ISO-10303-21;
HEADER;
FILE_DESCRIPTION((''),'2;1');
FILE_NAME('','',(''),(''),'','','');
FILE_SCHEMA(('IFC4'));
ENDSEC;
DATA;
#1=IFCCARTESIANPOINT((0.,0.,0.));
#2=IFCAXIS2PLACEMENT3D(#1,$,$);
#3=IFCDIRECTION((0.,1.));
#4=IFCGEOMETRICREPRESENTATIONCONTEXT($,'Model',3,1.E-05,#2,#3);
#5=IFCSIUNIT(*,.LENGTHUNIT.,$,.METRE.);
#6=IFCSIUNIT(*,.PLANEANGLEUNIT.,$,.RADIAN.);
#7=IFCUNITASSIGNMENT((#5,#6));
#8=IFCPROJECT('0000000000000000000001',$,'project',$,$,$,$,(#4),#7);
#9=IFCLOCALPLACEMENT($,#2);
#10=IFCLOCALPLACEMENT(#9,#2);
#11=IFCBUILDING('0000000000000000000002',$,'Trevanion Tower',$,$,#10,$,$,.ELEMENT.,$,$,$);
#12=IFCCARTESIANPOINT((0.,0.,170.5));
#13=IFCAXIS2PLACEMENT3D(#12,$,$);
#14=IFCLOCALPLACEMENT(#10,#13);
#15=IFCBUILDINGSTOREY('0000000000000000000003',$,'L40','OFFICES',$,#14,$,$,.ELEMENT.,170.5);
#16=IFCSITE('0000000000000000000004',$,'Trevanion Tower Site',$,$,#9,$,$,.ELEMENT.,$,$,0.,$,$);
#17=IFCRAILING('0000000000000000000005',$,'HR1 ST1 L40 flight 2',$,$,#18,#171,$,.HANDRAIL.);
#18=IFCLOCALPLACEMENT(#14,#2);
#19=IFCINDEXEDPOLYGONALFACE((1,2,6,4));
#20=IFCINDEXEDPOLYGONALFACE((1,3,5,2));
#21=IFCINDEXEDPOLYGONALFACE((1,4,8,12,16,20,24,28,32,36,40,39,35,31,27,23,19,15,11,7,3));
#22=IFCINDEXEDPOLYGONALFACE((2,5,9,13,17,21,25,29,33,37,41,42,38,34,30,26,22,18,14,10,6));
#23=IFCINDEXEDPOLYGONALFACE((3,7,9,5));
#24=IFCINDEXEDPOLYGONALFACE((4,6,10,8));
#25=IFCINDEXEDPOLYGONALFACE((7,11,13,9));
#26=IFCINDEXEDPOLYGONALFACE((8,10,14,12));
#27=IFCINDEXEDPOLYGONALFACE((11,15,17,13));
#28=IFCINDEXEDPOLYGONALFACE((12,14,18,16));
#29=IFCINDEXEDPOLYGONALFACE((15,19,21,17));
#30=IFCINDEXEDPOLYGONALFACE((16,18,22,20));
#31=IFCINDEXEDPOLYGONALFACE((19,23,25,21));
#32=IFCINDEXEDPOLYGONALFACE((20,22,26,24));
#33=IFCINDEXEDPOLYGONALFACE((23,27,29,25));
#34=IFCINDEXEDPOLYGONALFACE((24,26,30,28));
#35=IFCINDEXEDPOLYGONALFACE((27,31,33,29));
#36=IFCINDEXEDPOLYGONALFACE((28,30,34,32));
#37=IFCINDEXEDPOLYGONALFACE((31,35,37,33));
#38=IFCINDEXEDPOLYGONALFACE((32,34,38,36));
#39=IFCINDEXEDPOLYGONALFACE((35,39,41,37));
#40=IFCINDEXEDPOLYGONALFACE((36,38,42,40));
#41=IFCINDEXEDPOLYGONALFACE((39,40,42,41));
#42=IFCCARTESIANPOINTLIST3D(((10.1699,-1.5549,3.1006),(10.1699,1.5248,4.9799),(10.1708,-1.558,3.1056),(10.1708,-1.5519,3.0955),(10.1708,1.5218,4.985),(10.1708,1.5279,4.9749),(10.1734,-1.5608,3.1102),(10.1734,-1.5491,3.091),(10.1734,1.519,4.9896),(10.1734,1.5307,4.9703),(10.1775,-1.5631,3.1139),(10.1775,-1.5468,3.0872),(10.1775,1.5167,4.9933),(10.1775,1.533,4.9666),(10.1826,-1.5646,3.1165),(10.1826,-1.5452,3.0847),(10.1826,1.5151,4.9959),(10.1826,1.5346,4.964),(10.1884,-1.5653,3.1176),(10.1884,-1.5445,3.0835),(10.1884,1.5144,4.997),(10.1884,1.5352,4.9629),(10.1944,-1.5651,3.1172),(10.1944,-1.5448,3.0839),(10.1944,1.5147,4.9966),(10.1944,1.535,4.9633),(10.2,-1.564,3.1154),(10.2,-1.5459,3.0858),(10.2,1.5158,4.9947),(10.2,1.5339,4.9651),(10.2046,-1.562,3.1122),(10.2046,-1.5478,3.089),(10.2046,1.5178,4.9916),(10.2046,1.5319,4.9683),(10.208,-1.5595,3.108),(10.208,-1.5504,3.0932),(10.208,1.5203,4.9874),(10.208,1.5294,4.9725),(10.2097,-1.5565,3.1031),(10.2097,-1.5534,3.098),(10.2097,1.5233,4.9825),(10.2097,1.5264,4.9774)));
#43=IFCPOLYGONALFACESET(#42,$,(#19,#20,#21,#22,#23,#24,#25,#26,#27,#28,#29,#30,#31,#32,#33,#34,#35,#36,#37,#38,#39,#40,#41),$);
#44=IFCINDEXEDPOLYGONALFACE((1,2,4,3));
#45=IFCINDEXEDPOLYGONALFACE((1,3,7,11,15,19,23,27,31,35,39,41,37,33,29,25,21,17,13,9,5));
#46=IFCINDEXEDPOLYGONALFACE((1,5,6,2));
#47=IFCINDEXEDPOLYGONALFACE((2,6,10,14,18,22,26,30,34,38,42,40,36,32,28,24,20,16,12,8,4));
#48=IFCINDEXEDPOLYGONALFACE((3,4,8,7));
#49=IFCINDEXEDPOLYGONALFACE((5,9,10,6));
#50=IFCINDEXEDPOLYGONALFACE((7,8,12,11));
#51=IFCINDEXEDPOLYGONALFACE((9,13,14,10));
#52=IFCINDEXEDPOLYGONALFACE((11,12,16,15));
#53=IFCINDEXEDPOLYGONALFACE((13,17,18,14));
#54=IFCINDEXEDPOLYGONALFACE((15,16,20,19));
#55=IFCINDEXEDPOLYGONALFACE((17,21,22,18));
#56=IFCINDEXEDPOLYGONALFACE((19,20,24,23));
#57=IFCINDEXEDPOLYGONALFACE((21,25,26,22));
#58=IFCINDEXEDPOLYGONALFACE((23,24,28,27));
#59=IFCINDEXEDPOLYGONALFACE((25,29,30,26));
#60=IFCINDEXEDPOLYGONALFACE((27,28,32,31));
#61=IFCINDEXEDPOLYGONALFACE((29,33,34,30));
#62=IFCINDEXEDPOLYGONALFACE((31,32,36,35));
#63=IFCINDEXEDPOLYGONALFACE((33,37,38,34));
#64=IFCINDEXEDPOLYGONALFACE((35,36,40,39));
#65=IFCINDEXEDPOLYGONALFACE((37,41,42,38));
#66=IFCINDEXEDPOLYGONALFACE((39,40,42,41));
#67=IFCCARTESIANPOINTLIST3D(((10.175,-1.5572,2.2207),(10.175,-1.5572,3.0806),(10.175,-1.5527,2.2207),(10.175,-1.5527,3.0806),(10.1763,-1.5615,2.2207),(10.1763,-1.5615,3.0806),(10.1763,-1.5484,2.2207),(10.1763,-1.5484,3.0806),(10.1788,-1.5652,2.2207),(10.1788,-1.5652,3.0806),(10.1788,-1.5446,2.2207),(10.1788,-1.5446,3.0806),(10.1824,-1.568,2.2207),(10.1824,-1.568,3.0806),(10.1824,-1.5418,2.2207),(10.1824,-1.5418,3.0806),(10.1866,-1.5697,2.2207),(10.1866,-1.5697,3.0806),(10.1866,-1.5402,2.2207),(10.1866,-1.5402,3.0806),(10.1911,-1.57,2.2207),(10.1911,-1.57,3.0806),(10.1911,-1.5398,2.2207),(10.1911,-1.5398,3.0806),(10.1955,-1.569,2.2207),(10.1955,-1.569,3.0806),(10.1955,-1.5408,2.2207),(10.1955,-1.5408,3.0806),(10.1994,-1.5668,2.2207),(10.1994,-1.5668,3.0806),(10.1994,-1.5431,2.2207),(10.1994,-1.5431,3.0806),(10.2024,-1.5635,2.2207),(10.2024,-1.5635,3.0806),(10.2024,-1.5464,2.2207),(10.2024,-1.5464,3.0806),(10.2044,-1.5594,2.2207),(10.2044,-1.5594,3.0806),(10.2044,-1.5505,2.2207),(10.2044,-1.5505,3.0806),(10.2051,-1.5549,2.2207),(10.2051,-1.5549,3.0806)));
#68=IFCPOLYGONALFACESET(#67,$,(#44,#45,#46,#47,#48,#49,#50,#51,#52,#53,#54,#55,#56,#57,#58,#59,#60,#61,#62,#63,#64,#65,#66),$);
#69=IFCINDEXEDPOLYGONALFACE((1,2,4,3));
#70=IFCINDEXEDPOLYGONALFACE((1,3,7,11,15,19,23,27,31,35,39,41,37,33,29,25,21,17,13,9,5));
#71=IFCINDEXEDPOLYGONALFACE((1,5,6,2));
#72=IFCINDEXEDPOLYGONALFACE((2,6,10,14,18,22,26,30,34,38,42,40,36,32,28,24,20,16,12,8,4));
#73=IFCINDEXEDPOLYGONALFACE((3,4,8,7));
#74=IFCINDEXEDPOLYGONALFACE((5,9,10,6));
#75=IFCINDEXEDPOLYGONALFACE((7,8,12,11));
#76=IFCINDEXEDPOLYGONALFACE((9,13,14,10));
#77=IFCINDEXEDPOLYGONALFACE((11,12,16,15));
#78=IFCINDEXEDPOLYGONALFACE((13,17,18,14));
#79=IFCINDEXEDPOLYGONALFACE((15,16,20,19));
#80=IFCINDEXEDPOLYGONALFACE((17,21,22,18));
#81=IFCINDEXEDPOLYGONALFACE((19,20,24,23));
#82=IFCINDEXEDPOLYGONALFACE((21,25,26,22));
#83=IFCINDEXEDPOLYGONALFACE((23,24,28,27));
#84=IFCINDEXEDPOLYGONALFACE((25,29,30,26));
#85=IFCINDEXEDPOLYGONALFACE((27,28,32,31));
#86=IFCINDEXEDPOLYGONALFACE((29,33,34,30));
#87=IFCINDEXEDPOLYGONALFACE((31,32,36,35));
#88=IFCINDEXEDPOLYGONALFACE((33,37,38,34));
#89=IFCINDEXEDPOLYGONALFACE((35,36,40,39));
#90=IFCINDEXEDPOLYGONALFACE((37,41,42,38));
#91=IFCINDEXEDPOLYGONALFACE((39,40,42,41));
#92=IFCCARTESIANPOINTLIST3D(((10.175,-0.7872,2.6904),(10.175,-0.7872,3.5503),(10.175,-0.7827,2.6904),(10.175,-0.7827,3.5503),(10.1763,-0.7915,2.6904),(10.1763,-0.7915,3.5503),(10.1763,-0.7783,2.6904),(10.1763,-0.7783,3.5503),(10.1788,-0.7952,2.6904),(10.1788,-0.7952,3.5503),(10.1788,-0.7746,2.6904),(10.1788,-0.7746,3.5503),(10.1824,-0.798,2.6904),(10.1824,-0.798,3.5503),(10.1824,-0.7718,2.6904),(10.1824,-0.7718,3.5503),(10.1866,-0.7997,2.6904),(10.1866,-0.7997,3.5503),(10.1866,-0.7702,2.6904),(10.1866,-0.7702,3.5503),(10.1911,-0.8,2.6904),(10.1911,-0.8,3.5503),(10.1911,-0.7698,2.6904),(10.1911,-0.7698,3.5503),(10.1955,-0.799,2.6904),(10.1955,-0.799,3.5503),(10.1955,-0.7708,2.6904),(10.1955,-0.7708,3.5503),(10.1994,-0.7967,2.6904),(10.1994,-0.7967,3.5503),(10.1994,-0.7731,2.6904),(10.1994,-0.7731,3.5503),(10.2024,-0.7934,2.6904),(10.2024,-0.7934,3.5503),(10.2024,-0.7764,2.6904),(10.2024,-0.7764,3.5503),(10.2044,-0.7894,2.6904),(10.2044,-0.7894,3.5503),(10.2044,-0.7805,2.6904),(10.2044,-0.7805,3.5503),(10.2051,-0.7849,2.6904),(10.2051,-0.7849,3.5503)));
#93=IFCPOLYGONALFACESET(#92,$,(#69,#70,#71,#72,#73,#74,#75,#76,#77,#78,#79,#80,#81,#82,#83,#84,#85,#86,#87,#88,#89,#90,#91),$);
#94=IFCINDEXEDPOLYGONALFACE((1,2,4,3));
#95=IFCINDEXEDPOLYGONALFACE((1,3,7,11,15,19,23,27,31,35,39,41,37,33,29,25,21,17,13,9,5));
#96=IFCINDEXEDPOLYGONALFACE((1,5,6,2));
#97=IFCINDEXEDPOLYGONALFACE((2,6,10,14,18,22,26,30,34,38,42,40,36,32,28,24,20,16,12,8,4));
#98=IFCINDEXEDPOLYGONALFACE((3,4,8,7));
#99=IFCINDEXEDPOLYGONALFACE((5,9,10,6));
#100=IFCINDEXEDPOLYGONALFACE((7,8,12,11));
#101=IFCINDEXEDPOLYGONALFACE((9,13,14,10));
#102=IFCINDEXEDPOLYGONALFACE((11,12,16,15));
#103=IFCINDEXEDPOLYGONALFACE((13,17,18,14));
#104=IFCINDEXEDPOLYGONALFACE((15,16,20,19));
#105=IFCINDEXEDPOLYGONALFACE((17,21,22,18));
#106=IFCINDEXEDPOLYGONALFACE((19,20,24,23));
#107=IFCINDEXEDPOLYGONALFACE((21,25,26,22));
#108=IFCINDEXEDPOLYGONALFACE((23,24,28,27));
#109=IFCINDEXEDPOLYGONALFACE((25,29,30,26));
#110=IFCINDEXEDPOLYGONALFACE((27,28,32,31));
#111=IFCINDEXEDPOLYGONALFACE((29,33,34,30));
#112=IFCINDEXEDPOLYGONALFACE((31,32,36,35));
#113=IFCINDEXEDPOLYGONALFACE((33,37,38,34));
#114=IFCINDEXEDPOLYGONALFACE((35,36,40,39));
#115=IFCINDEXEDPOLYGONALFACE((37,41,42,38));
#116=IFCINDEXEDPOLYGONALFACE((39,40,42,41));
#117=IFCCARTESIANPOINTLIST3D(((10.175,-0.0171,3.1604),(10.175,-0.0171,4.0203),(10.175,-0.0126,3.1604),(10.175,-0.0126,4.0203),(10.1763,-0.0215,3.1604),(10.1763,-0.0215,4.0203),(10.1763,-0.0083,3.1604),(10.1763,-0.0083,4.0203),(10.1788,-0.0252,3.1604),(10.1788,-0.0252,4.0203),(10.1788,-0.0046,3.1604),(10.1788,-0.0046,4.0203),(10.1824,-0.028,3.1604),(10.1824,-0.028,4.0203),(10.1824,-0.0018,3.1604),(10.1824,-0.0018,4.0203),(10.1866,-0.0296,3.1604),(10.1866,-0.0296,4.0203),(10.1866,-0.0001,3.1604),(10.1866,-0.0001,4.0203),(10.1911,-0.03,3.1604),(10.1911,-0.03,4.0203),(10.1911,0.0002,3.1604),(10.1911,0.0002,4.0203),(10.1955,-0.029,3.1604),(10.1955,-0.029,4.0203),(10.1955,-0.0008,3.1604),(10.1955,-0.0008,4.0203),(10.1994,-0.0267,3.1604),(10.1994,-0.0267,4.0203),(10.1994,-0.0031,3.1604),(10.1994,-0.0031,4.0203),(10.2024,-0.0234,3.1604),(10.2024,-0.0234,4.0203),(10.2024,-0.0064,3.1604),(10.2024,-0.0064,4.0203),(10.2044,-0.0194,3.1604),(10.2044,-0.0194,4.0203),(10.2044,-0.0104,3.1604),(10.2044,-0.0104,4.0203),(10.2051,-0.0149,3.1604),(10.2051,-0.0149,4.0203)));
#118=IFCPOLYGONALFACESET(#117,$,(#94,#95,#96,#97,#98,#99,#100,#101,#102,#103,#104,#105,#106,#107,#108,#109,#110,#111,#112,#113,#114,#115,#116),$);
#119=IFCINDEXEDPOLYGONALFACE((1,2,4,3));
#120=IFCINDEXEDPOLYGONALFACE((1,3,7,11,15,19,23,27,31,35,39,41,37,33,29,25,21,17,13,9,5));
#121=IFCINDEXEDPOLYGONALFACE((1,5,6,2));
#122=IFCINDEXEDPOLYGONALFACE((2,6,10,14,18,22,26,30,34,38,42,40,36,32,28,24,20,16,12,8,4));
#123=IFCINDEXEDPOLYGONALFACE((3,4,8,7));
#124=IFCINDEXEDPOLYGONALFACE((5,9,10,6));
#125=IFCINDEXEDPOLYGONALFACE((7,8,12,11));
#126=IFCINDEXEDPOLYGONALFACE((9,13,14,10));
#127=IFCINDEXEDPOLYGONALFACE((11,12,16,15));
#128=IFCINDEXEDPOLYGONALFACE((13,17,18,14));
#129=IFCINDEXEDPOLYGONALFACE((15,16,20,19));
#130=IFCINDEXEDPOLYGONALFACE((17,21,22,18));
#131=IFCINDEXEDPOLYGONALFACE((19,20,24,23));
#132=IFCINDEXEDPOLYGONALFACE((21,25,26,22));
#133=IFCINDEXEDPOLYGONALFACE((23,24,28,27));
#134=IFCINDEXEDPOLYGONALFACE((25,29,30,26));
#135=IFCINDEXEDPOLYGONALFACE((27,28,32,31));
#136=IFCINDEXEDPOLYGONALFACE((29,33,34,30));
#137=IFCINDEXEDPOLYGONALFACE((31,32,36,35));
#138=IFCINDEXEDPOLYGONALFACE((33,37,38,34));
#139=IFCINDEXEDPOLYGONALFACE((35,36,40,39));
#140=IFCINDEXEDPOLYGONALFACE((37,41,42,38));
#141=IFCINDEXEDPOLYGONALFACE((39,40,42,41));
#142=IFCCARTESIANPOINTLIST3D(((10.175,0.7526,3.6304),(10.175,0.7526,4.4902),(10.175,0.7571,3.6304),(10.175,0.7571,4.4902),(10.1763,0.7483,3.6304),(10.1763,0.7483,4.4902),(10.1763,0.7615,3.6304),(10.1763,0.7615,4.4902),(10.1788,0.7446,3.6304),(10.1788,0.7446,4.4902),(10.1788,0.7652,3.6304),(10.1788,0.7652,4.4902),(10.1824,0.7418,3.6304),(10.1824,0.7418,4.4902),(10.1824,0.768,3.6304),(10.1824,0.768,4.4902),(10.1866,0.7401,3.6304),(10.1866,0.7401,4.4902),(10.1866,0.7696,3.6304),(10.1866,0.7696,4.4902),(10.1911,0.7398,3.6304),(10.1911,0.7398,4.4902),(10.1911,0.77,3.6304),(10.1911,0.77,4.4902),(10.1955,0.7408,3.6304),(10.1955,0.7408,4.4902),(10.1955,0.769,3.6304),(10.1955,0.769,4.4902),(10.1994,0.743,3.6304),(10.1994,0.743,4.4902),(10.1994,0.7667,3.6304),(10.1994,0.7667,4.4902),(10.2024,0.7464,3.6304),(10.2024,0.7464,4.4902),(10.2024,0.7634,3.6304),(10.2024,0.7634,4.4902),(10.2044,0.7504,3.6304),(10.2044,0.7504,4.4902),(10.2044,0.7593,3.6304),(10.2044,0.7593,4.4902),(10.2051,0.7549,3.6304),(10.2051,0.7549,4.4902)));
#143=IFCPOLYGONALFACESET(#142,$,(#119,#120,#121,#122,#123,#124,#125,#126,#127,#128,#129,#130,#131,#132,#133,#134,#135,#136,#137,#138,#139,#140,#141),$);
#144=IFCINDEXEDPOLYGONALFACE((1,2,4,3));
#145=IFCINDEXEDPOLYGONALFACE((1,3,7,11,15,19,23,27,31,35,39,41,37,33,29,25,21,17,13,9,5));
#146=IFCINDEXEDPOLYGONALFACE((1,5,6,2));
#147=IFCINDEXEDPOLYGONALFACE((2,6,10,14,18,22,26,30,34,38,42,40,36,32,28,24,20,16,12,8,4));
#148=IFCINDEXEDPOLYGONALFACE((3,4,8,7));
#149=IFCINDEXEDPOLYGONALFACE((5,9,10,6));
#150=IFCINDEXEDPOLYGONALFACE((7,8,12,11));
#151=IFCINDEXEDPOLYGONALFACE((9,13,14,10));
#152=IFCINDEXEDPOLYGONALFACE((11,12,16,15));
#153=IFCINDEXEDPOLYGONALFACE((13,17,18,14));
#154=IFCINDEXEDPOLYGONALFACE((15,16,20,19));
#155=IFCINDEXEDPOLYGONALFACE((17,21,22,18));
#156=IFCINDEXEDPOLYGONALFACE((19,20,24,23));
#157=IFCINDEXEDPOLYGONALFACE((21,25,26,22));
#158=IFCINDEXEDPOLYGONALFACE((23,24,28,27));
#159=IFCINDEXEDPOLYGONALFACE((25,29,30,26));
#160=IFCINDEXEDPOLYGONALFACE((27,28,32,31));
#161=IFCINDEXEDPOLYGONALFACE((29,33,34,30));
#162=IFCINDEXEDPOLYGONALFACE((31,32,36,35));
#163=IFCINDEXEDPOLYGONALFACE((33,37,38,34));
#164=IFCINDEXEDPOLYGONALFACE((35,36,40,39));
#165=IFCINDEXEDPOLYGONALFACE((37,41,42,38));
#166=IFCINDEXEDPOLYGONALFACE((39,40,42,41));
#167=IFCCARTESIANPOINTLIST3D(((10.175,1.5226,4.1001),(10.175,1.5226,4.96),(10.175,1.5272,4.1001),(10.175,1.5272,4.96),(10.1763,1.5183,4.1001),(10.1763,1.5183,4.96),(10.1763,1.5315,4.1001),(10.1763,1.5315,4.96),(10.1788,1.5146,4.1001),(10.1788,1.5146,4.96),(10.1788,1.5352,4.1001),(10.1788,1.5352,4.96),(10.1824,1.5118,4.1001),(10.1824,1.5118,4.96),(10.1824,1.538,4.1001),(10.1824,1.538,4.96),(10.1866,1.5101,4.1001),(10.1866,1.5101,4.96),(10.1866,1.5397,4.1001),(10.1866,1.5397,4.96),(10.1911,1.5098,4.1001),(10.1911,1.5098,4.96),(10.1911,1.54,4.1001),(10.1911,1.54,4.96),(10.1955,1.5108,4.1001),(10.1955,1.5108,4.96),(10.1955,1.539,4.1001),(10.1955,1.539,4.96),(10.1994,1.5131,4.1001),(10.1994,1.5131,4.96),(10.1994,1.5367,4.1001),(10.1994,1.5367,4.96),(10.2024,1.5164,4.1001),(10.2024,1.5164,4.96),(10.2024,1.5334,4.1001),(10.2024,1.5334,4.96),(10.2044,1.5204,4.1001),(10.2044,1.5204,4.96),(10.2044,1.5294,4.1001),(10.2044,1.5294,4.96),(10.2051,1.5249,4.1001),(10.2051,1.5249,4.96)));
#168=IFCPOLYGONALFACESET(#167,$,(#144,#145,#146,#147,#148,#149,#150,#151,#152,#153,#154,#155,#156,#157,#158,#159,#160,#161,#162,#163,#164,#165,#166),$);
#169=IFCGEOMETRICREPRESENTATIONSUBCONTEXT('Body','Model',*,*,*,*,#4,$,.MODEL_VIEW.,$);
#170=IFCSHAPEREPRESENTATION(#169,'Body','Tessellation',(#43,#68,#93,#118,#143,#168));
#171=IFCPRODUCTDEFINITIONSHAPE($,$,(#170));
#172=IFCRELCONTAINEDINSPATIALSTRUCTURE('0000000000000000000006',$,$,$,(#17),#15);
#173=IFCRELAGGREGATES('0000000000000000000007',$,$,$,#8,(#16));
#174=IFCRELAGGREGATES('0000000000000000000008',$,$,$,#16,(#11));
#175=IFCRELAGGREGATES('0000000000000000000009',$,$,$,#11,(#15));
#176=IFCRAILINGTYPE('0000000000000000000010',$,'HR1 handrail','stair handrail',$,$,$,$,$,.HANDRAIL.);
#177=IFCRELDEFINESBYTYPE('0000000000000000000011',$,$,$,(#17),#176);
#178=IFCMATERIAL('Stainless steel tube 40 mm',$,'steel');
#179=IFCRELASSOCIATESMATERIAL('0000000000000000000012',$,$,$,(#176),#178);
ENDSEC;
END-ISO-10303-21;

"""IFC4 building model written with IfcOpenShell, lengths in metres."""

from ifc_helpers import new_model, si_unit, direction, frame, origin, origin_2d, place, context, subcontext, project, spatial, circle, extrude, material, type_object, element, save


model = new_model("IFC4")

# Units and contexts
model_context = context("Model", 3, precision=1e-05, world=origin(), true_north=direction((0.0, 1.0)))
body_context = subcontext(model_context, "Body", "Model", "MODEL_VIEW")
ifc_project = project(units=[si_unit("LENGTHUNIT", "METRE"), si_unit("PLANEANGLEUNIT", "RADIAN")], contexts=[model_context])

# Site, building, storey
site_placement = place(None, origin())
site = spatial("IfcSite", under=ifc_project, at=site_placement, Name="Trevanion Tower Site", CompositionType="ELEMENT", RefElevation=0.0)
building_placement = place(site_placement, origin())
building = spatial("IfcBuilding", under=site, at=building_placement, Name="Trevanion Tower", CompositionType="ELEMENT")
storey_placement = place(building_placement, frame((0.0, 0.0, 170.5)))
storey = spatial("IfcBuildingStorey", under=building, at=storey_placement, Name="L40", Description="OFFICES", CompositionType="ELEMENT", Elevation=170.5)

# Railing
ifc_material_1 = material(Name="Stainless steel tube 40 mm", Category="steel")
railing_type = type_object("IfcRailingType", Name="HR1 handrail", Description="stair handrail", PredefinedType="HANDRAIL", material=ifc_material_1)
for number, where, name in (
    (1, (10.1899, -1.5549, 2.2207), "HR1 ST1 L40 flight 2"),
):
    element("IfcRailing", number, at=place(storey_placement, frame(where)), inside=storey, type_object=railing_type, Name=name, PredefinedType="HANDRAIL", context=body_context, shape_type="SweptSolid", body=[
        extrude(circle(Radius=0.02, at=origin_2d()), frame((0.0, 0.0, 0.8799), z_axis=(0.0, 0.853618, 0.5209), x_axis=(-1.0, 0.0, 0.0)), (0.0, 0.0, 1.0), 3.6079),
        extrude(circle(Radius=0.0151, at=origin_2d()), origin(), (0.0, 0.0, 1.0), 0.8599),
        extrude(circle(Radius=0.0151, at=origin_2d()), frame((0.0, 0.77, 0.4697)), (0.0, 0.0, 1.0), 0.8599),
        extrude(circle(Radius=0.0151, at=origin_2d()), frame((0.0, 1.54, 0.9397)), (0.0, 0.0, 1.0), 0.8599),
        extrude(circle(Radius=0.0151, at=origin_2d()), frame((0.0, 2.3098, 1.4097)), (0.0, 0.0, 1.0), 0.8599),
        extrude(circle(Radius=0.0151, at=origin_2d()), frame((0.0, 3.0798, 1.8794)), (0.0, 0.0, 1.0), 0.8599),
    ])

save(model, "model.ifc")
